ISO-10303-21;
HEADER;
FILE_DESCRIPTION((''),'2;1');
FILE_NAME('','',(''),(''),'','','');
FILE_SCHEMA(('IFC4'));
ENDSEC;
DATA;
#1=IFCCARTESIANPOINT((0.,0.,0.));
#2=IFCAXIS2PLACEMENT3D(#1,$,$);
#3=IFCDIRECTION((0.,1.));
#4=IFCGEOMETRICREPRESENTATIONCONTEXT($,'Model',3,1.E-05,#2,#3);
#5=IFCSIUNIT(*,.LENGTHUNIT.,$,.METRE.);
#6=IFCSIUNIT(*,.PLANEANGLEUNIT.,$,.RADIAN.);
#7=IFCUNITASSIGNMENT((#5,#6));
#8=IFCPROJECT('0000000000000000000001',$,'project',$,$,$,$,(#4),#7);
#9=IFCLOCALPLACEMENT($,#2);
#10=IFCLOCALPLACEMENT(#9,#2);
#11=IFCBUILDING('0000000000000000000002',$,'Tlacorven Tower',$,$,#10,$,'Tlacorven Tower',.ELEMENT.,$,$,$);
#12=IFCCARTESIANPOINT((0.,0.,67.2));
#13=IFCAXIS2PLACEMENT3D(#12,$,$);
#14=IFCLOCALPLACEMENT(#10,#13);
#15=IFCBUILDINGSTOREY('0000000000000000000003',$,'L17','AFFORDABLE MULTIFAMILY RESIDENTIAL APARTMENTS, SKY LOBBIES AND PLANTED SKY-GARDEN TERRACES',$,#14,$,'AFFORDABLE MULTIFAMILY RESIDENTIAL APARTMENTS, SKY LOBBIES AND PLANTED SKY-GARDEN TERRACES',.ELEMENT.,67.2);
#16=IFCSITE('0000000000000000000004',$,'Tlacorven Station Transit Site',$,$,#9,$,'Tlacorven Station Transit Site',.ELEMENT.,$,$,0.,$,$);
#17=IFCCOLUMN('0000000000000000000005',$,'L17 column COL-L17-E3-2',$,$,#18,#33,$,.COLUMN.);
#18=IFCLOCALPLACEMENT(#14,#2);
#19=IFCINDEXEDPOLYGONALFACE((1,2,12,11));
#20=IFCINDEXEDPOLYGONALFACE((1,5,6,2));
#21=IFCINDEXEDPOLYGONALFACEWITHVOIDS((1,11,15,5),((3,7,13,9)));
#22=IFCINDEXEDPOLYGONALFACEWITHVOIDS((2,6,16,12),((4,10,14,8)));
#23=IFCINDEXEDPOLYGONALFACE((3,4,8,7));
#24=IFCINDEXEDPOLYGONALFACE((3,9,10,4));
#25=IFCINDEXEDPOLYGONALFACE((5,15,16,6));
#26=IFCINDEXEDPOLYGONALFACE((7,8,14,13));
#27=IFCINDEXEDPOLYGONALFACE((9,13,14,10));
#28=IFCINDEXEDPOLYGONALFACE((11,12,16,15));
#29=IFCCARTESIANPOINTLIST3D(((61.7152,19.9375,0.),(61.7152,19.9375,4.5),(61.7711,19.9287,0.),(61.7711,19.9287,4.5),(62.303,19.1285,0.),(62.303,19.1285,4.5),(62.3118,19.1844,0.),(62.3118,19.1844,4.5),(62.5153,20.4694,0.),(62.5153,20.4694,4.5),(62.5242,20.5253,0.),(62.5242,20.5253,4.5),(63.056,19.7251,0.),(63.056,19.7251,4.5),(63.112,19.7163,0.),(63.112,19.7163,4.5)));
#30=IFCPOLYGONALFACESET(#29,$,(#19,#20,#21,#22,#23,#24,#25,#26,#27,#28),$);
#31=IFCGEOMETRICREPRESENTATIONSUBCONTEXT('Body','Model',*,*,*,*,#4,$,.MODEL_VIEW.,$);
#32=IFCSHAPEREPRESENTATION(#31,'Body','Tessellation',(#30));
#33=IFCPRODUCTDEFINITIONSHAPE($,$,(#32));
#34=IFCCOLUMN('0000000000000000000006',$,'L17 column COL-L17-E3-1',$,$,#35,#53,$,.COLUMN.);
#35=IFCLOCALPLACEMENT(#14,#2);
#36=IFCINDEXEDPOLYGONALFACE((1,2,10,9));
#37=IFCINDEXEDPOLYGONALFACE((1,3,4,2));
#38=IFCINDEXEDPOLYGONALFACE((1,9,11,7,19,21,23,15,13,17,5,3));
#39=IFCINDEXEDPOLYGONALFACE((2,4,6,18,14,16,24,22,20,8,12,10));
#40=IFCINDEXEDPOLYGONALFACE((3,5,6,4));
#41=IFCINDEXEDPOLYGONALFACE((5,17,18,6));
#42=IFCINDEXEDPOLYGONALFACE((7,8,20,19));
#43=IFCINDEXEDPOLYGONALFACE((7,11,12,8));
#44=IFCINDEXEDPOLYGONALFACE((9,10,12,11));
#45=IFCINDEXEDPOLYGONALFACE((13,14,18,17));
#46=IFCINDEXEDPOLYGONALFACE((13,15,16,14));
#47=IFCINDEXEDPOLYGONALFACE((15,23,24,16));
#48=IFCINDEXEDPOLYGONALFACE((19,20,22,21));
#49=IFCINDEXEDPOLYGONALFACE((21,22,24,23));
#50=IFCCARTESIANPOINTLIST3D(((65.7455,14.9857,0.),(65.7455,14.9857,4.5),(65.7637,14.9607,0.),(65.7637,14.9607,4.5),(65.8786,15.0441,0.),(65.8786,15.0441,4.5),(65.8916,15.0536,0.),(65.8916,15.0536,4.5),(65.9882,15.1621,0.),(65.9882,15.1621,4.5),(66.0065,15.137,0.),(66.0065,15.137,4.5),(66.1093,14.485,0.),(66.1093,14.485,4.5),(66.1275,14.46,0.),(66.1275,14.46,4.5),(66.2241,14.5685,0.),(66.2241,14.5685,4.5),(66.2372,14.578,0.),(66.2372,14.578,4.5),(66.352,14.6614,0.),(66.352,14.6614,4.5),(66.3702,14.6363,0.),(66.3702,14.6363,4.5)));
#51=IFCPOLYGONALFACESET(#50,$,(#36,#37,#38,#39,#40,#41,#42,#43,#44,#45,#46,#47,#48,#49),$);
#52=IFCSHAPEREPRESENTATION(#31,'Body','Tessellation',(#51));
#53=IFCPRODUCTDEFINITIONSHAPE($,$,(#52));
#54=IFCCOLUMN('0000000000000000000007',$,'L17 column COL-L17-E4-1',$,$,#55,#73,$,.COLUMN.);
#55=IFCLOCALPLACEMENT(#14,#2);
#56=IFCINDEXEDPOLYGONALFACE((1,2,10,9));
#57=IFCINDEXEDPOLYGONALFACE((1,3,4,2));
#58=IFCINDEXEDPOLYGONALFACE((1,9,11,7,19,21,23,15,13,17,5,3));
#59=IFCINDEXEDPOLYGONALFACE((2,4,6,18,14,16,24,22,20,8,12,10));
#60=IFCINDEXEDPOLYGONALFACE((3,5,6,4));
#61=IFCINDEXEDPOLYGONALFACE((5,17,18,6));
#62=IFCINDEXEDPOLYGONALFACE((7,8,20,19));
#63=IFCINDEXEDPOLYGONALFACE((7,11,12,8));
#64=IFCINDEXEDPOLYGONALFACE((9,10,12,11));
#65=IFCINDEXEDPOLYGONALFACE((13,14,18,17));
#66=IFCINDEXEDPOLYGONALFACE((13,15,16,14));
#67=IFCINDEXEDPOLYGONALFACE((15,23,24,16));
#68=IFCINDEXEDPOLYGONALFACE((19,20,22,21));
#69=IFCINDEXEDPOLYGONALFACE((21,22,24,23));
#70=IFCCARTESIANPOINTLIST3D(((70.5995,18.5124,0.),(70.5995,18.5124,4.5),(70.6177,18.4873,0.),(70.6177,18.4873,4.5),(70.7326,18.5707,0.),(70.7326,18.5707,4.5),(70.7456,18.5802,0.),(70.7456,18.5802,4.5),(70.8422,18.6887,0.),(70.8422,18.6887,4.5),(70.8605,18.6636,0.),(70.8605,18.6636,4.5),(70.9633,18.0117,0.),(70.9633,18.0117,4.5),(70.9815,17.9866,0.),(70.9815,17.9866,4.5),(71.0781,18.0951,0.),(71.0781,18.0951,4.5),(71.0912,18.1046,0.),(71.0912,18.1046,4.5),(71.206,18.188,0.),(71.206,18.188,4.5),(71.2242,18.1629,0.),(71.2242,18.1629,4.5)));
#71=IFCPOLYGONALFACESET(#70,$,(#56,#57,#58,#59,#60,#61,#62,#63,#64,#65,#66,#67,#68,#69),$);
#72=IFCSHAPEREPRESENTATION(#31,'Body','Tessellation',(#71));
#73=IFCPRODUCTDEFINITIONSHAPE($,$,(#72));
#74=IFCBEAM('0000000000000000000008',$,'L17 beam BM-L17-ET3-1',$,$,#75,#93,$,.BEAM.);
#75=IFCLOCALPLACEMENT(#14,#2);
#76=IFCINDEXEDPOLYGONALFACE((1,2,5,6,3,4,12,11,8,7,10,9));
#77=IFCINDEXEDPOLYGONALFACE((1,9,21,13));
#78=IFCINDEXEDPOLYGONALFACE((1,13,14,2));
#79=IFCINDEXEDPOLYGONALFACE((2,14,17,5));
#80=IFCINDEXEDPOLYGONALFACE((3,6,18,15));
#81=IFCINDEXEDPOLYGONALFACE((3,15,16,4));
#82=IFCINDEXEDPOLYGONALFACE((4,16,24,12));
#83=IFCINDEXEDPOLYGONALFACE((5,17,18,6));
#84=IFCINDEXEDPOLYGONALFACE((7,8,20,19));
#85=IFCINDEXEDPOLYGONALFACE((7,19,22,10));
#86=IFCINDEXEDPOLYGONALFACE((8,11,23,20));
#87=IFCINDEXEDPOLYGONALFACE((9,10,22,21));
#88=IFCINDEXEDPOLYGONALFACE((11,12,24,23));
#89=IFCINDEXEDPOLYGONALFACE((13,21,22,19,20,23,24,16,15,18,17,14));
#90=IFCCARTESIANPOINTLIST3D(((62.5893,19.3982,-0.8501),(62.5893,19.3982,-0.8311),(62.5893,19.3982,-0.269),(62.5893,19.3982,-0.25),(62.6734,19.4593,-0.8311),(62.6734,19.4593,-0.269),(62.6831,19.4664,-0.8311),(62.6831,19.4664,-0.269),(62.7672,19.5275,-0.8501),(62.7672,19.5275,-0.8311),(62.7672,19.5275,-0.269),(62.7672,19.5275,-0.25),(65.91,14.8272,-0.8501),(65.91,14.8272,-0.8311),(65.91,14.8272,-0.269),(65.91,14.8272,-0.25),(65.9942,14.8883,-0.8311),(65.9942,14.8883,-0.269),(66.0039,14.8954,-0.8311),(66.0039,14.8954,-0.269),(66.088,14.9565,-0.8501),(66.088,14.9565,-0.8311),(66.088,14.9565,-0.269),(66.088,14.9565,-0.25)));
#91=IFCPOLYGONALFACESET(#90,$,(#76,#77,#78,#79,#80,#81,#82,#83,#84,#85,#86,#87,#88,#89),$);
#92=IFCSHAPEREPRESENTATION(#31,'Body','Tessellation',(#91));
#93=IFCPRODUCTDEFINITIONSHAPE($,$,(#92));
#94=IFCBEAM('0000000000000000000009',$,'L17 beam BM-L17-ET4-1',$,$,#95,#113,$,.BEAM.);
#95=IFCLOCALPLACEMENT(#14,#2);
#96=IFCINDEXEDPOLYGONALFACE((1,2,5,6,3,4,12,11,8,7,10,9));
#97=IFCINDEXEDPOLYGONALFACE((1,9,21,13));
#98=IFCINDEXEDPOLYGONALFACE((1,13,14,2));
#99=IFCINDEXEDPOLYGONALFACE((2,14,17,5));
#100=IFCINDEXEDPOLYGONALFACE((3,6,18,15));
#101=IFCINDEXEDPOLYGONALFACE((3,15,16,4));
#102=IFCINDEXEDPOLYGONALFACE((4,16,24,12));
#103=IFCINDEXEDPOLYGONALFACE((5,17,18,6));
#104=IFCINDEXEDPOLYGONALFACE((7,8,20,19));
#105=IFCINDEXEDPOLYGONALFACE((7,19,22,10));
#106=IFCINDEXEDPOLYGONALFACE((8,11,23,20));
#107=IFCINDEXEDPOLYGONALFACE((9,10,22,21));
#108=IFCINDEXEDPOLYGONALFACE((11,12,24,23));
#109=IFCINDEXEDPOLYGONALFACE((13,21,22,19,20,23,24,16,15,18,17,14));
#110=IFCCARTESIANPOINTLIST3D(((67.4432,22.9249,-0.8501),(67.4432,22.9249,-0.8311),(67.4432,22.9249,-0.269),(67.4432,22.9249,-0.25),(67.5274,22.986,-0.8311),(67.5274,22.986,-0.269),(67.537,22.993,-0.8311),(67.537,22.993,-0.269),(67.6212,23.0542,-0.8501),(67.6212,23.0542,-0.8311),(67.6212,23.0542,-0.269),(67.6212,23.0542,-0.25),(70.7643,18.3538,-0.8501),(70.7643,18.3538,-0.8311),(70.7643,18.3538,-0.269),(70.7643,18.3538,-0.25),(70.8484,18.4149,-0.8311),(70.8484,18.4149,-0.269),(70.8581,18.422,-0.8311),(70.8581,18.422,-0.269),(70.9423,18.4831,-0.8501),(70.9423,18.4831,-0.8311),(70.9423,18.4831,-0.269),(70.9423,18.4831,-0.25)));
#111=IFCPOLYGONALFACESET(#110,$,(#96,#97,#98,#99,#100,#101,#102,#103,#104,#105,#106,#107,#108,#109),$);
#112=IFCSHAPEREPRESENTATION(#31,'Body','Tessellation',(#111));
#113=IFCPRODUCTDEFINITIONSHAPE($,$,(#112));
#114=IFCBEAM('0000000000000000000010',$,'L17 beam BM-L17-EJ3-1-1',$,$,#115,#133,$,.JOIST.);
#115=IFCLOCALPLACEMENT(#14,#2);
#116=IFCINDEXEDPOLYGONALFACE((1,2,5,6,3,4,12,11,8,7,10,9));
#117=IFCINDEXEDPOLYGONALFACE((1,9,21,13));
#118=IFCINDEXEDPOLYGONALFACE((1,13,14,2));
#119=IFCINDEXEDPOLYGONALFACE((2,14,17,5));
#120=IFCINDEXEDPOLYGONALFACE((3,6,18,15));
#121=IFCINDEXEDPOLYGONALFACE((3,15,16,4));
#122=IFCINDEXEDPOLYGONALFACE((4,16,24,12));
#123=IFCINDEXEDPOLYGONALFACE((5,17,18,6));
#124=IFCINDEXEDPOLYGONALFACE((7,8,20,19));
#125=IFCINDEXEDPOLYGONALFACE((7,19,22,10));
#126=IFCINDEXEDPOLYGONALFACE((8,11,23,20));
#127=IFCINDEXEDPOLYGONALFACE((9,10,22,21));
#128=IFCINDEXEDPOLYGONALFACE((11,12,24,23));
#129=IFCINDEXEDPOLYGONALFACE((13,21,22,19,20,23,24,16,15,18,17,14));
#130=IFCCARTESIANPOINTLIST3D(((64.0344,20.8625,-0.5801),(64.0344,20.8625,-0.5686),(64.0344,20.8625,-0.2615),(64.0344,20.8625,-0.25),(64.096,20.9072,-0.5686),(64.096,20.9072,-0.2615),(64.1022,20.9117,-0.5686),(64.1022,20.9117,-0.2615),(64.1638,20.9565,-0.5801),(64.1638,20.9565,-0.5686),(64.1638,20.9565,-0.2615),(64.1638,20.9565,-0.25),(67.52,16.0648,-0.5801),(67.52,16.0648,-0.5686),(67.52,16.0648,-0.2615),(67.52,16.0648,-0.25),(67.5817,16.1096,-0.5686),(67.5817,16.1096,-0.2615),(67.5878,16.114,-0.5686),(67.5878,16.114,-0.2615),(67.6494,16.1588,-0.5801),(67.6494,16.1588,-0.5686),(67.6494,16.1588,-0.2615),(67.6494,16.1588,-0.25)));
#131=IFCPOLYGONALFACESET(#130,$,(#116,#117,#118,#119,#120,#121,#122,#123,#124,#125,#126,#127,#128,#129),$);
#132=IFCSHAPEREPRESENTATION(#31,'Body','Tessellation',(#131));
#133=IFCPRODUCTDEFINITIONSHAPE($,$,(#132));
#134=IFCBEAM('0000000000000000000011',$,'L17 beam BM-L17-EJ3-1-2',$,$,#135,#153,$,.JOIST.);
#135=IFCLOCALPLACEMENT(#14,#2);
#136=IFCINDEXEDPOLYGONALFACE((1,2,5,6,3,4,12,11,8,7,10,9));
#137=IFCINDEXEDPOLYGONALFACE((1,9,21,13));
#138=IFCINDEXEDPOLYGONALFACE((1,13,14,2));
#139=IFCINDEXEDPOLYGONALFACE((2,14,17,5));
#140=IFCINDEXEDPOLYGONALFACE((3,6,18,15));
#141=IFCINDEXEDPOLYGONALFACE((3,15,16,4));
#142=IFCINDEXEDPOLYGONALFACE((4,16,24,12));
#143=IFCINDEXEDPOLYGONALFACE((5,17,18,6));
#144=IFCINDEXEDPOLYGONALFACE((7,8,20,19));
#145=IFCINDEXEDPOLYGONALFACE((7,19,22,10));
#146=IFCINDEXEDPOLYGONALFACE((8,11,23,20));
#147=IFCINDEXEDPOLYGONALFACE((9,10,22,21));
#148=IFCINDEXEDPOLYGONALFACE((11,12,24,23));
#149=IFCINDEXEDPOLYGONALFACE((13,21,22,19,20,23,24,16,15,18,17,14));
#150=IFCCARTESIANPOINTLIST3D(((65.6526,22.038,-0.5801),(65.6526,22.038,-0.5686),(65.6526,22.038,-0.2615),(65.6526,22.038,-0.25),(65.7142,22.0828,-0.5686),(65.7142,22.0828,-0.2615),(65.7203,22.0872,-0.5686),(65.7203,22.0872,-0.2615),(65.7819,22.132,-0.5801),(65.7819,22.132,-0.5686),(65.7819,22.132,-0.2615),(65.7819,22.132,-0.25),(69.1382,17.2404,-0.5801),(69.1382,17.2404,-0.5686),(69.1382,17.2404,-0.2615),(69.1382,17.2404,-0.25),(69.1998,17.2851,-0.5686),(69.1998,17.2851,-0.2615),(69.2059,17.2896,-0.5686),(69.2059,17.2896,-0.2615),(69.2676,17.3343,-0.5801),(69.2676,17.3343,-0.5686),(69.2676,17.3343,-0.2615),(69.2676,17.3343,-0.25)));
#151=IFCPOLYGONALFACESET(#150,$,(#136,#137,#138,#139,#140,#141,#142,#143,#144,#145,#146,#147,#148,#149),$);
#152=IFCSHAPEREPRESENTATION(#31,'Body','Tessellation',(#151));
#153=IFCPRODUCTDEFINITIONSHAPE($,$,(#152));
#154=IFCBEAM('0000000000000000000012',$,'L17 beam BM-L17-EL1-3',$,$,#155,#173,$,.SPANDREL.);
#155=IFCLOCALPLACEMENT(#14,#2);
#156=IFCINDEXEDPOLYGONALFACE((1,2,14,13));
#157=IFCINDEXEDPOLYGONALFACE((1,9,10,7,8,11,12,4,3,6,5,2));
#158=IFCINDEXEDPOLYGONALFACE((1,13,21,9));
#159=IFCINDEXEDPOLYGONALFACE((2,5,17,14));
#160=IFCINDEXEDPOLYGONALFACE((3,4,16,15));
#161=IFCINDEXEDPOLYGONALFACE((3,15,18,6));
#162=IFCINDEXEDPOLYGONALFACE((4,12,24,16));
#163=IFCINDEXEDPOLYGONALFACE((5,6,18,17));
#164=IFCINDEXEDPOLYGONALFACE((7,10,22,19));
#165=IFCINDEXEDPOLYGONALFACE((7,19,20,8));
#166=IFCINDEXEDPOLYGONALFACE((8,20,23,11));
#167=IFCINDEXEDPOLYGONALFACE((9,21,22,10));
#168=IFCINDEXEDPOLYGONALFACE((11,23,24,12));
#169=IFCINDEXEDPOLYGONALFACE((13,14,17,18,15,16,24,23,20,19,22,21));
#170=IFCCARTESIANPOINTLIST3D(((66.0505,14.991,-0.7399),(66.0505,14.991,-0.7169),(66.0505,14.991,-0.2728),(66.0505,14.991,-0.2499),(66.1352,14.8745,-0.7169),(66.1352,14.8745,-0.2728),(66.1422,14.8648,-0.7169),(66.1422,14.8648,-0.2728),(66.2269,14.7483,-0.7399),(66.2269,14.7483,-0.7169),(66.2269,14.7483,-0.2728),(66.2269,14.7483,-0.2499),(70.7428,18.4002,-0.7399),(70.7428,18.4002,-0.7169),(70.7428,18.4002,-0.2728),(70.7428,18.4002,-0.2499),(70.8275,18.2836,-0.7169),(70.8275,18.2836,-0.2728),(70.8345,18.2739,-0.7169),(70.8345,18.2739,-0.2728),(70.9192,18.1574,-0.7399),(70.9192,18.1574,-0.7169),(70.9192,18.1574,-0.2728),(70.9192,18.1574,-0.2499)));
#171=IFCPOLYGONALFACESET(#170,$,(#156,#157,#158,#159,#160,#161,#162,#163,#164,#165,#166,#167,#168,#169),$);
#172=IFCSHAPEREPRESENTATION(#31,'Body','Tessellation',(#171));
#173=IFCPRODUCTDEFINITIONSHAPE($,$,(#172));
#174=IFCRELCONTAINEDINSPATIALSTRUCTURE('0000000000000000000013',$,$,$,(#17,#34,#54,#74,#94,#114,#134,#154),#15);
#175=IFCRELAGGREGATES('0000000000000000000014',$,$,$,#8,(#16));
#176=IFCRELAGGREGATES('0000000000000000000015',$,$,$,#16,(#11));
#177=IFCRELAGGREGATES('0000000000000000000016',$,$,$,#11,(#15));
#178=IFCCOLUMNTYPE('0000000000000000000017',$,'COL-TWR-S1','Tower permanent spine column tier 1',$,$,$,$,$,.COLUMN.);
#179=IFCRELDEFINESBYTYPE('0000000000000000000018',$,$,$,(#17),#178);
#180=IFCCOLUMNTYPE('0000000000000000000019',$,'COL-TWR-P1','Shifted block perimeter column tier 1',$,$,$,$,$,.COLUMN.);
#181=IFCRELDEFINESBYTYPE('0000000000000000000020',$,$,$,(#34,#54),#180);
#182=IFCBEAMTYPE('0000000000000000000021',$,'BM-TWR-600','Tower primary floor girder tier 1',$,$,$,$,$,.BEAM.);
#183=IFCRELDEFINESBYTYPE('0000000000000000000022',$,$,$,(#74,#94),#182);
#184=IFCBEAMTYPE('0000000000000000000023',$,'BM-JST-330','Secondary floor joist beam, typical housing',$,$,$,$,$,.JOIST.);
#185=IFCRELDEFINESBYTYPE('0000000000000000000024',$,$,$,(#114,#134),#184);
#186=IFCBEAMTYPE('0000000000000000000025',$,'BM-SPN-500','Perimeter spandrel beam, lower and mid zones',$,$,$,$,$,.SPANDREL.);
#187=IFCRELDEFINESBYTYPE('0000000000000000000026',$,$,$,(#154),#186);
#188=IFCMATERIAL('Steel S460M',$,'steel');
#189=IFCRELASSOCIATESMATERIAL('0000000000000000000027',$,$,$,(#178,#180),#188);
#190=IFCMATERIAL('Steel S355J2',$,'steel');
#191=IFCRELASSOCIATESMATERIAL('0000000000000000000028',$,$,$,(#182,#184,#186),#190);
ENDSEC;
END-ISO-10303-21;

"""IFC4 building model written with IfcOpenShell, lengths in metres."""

from ifc_helpers import new_model, si_unit, direction, frame, origin, origin_2d, place, context, subcontext, project, spatial, hollow_rectangle, i_section, extrude, source, transform, mapped, material, material_profile, profile_set, type_object, element, save


model = new_model("IFC4")

# Units and contexts
model_context = context("Model", 3, precision=1e-05, world=origin(), true_north=direction((0.0, 1.0)))
body_context = subcontext(model_context, "Body", "Model", "MODEL_VIEW")
ifc_project = project(units=[si_unit("LENGTHUNIT", "METRE"), si_unit("PLANEANGLEUNIT", "RADIAN")], contexts=[model_context])

# Site, building, storey
site_placement = place(None, origin())
site = spatial("IfcSite", under=ifc_project, at=site_placement, Name="Tlacorven Station Transit Site", LongName="Tlacorven Station Transit Site", CompositionType="ELEMENT", RefElevation=0.0)
building_placement = place(site_placement, origin())
building = spatial("IfcBuilding", under=site, at=building_placement, Name="Tlacorven Tower", LongName="Tlacorven Tower", CompositionType="ELEMENT")
storey_placement = place(building_placement, frame((0.0, 0.0, 67.2)))
storey = spatial("IfcBuildingStorey", under=building, at=storey_placement, Name="L17", Description="AFFORDABLE MULTIFAMILY RESIDENTIAL APARTMENTS, SKY LOBBIES AND PLANTED SKY-GARDEN TERRACES", LongName="AFFORDABLE MULTIFAMILY RESIDENTIAL APARTMENTS, SKY LOBBIES AND PLANTED SKY-GARDEN TERRACES", CompositionType="ELEMENT", Elevation=67.2)

# Columns
ifc_material_1 = material(Name="Steel S460M", Category="steel")
ifc_material_profile_1 = material_profile(ifc_material_1, hollow_rectangle(XDim=1.0, YDim=1.0, WallThickness=0.04, at=origin_2d()), Name="BOX 1000X1000X40")
ifc_profile_set_1 = profile_set([ifc_material_profile_1], Name="Steel S460M")
column_type_1 = type_object("IfcColumnType", Name="COL-TWR-S1", Description="Tower permanent spine column tier 1", PredefinedType="COLUMN", material=ifc_profile_set_1)
shared_shape_1 = source(origin(), body_context, "Body", "SweptSolid", [
    extrude(hollow_rectangle(XDim=1.0, YDim=1.0, WallThickness=0.04, at=origin_2d()), origin(), (0.0, 0.0, 1.0), 4.5),
])
column_placement = place(storey_placement, frame((62.4136, 19.8269, 0.0), z_axis=(0.0, 0.0, 1.0), x_axis=(0.809017, 0.587785, 0.0)))
element("IfcColumn", 1, at=column_placement, inside=storey, type_object=column_type_1, Name="L17 column COL-L17-E3-2", PredefinedType="COLUMN", context=body_context, shape_type="MappedRepresentation", body=[
    mapped(shared_shape_1, transform((0.0, 0.0, 0.0), scale=1.0)),
])
ifc_material_profile_2 = material_profile(ifc_material_1, i_section(OverallWidth=0.3, OverallDepth=0.6499, WebThickness=0.0161, FlangeThickness=0.031, at=origin_2d()), Name="HEB 650")
ifc_profile_set_2 = profile_set([ifc_material_profile_2], Name="Steel S460M")
column_type_2 = type_object("IfcColumnType", Name="COL-TWR-P1", Description="Shifted block perimeter column tier 1", PredefinedType="COLUMN", material=ifc_profile_set_2)
shared_shape_2 = source(origin(), body_context, "Body", "SweptSolid", [
    extrude(i_section(OverallWidth=0.3, OverallDepth=0.6499, WebThickness=0.0161, FlangeThickness=0.031, at=origin_2d()), origin(), (0.0, 0.0, 1.0), 4.5),
])
for number, where, z_axis, x_axis, name in (
    (2, (66.0579, 14.811, 0.0), (0.0, 0.0, 1.0), (0.809017, 0.587785, 0.0), "L17 column COL-L17-E3-1"),
    (3, (70.9119, 18.3376, 0.0), (0.0, 0.0, 1.0), (0.809017, 0.587785, 0.0), "L17 column COL-L17-E4-1"),
):
    element("IfcColumn", number, at=place(storey_placement, frame(where, z_axis=z_axis, x_axis=x_axis)), inside=storey, type_object=column_type_2, Name=name, PredefinedType="COLUMN", context=body_context, shape_type="MappedRepresentation", body=[
        mapped(shared_shape_2, transform((0.0, 0.0, 0.0), scale=1.0)),
    ])

# Beams
ifc_material_2 = material(Name="Steel S355J2", Category="steel")
ifc_material_profile_3 = material_profile(ifc_material_2, i_section(OverallWidth=0.22, OverallDepth=0.6001, WebThickness=0.012, FlangeThickness=0.019, at=origin_2d()), Name="IPE 600")
ifc_profile_set_3 = profile_set([ifc_material_profile_3], Name="Steel S355J2")
beam_type_1 = type_object("IfcBeamType", Name="BM-TWR-600", Description="Tower primary floor girder tier 1", PredefinedType="BEAM", material=ifc_profile_set_3)
shared_shape_3 = source(origin(), body_context, "Body", "SweptSolid", [
    extrude(i_section(OverallWidth=0.22, OverallDepth=0.6001, WebThickness=0.012, FlangeThickness=0.019, at=origin_2d()), origin(), (0.0, 0.0, 1.0), 5.6499),
])
beam_1_placement = place(storey_placement, frame((65.999, 14.8918, -0.55), z_axis=(-0.587755, 0.809039, 0.0), x_axis=(-0.809039, -0.587755, 0.0)))
element("IfcBeam", 4, at=beam_1_placement, inside=storey, type_object=beam_type_1, Name="L17 beam BM-L17-ET3-1", PredefinedType="BEAM", context=body_context, shape_type="MappedRepresentation", body=[
    mapped(shared_shape_3, transform((0.0, 0.0, 0.0), scale=1.0)),
])
shared_shape_4 = source(origin(), body_context, "Body", "SweptSolid", [
    extrude(i_section(OverallWidth=0.22, OverallDepth=0.6001, WebThickness=0.012, FlangeThickness=0.019, at=origin_2d()), origin(), (0.0, 0.0, 1.0), 5.6501),
])
beam_2_placement = place(storey_placement, frame((70.8533, 18.4185, -0.55), z_axis=(-0.587784, 0.809018, 0.0), x_axis=(-0.809018, -0.587784, 0.0)))
element("IfcBeam", 5, at=beam_2_placement, inside=storey, type_object=beam_type_1, Name="L17 beam BM-L17-ET4-1", PredefinedType="BEAM", context=body_context, shape_type="MappedRepresentation", body=[
    mapped(shared_shape_4, transform((0.0, 0.0, 0.0), scale=1.0)),
])
ifc_material_profile_4 = material_profile(ifc_material_2, i_section(OverallWidth=0.1599, OverallDepth=0.3301, WebThickness=0.0076, FlangeThickness=0.0115, at=origin_2d()), Name="IPE 330")
ifc_profile_set_4 = profile_set([ifc_material_profile_4], Name="Steel S355J2")
beam_type_2 = type_object("IfcBeamType", Name="BM-JST-330", Description="Secondary floor joist beam, typical housing", PredefinedType="JOIST", material=ifc_profile_set_4)
shared_shape_5 = source(origin(), body_context, "Body", "SweptSolid", [
    extrude(i_section(OverallWidth=0.1599, OverallDepth=0.3301, WebThickness=0.0076, FlangeThickness=0.0115, at=origin_2d()), origin(), (0.0, 0.0, 1.0), 5.9302),
])
for number, where, z_axis, x_axis, name in (
    (6, (67.5847, 16.1118, -0.415), (-0.587778, 0.809023, 0.0), (-0.809023, -0.587778, 0.0), "L17 beam BM-L17-EJ3-1-1"),
    (7, (69.2029, 17.2874, -0.415), (-0.587778, 0.809023, 0.0), (-0.809023, -0.587778, 0.0), "L17 beam BM-L17-EJ3-1-2"),
):
    element("IfcBeam", number, at=place(storey_placement, frame(where, z_axis=z_axis, x_axis=x_axis)), inside=storey, type_object=beam_type_2, Name=name, PredefinedType="JOIST", context=body_context, shape_type="MappedRepresentation", body=[
        mapped(shared_shape_5, transform((0.0, 0.0, 0.0), scale=1.0)),
    ])
ifc_material_profile_5 = material_profile(ifc_material_2, i_section(OverallWidth=0.3, OverallDepth=0.49, WebThickness=0.012, FlangeThickness=0.0229, at=origin_2d()), Name="HEA 500")
ifc_profile_set_5 = profile_set([ifc_material_profile_5], Name="Steel S355J2")
beam_type_3 = type_object("IfcBeamType", Name="BM-SPN-500", Description="Perimeter spandrel beam, lower and mid zones", PredefinedType="SPANDREL", material=ifc_profile_set_5)
shared_shape_6 = source(origin(), body_context, "Body", "SweptSolid", [
    extrude(i_section(OverallWidth=0.3, OverallDepth=0.49, WebThickness=0.012, FlangeThickness=0.0229, at=origin_2d()), origin(), (0.0, 0.0, 1.0), 5.8),
])
beam_3_placement = place(storey_placement, frame((66.1387, 14.8696, -0.4949), z_axis=(0.80902, 0.587781, 0.0), x_axis=(-0.587781, 0.80902, 0.0)))
element("IfcBeam", 8, at=beam_3_placement, inside=storey, type_object=beam_type_3, Name="L17 beam BM-L17-EL1-3", PredefinedType="SPANDREL", context=body_context, shape_type="MappedRepresentation", body=[
    mapped(shared_shape_6, transform((0.0, 0.0, 0.0), scale=1.0)),
])

save(model, "model.ifc")
